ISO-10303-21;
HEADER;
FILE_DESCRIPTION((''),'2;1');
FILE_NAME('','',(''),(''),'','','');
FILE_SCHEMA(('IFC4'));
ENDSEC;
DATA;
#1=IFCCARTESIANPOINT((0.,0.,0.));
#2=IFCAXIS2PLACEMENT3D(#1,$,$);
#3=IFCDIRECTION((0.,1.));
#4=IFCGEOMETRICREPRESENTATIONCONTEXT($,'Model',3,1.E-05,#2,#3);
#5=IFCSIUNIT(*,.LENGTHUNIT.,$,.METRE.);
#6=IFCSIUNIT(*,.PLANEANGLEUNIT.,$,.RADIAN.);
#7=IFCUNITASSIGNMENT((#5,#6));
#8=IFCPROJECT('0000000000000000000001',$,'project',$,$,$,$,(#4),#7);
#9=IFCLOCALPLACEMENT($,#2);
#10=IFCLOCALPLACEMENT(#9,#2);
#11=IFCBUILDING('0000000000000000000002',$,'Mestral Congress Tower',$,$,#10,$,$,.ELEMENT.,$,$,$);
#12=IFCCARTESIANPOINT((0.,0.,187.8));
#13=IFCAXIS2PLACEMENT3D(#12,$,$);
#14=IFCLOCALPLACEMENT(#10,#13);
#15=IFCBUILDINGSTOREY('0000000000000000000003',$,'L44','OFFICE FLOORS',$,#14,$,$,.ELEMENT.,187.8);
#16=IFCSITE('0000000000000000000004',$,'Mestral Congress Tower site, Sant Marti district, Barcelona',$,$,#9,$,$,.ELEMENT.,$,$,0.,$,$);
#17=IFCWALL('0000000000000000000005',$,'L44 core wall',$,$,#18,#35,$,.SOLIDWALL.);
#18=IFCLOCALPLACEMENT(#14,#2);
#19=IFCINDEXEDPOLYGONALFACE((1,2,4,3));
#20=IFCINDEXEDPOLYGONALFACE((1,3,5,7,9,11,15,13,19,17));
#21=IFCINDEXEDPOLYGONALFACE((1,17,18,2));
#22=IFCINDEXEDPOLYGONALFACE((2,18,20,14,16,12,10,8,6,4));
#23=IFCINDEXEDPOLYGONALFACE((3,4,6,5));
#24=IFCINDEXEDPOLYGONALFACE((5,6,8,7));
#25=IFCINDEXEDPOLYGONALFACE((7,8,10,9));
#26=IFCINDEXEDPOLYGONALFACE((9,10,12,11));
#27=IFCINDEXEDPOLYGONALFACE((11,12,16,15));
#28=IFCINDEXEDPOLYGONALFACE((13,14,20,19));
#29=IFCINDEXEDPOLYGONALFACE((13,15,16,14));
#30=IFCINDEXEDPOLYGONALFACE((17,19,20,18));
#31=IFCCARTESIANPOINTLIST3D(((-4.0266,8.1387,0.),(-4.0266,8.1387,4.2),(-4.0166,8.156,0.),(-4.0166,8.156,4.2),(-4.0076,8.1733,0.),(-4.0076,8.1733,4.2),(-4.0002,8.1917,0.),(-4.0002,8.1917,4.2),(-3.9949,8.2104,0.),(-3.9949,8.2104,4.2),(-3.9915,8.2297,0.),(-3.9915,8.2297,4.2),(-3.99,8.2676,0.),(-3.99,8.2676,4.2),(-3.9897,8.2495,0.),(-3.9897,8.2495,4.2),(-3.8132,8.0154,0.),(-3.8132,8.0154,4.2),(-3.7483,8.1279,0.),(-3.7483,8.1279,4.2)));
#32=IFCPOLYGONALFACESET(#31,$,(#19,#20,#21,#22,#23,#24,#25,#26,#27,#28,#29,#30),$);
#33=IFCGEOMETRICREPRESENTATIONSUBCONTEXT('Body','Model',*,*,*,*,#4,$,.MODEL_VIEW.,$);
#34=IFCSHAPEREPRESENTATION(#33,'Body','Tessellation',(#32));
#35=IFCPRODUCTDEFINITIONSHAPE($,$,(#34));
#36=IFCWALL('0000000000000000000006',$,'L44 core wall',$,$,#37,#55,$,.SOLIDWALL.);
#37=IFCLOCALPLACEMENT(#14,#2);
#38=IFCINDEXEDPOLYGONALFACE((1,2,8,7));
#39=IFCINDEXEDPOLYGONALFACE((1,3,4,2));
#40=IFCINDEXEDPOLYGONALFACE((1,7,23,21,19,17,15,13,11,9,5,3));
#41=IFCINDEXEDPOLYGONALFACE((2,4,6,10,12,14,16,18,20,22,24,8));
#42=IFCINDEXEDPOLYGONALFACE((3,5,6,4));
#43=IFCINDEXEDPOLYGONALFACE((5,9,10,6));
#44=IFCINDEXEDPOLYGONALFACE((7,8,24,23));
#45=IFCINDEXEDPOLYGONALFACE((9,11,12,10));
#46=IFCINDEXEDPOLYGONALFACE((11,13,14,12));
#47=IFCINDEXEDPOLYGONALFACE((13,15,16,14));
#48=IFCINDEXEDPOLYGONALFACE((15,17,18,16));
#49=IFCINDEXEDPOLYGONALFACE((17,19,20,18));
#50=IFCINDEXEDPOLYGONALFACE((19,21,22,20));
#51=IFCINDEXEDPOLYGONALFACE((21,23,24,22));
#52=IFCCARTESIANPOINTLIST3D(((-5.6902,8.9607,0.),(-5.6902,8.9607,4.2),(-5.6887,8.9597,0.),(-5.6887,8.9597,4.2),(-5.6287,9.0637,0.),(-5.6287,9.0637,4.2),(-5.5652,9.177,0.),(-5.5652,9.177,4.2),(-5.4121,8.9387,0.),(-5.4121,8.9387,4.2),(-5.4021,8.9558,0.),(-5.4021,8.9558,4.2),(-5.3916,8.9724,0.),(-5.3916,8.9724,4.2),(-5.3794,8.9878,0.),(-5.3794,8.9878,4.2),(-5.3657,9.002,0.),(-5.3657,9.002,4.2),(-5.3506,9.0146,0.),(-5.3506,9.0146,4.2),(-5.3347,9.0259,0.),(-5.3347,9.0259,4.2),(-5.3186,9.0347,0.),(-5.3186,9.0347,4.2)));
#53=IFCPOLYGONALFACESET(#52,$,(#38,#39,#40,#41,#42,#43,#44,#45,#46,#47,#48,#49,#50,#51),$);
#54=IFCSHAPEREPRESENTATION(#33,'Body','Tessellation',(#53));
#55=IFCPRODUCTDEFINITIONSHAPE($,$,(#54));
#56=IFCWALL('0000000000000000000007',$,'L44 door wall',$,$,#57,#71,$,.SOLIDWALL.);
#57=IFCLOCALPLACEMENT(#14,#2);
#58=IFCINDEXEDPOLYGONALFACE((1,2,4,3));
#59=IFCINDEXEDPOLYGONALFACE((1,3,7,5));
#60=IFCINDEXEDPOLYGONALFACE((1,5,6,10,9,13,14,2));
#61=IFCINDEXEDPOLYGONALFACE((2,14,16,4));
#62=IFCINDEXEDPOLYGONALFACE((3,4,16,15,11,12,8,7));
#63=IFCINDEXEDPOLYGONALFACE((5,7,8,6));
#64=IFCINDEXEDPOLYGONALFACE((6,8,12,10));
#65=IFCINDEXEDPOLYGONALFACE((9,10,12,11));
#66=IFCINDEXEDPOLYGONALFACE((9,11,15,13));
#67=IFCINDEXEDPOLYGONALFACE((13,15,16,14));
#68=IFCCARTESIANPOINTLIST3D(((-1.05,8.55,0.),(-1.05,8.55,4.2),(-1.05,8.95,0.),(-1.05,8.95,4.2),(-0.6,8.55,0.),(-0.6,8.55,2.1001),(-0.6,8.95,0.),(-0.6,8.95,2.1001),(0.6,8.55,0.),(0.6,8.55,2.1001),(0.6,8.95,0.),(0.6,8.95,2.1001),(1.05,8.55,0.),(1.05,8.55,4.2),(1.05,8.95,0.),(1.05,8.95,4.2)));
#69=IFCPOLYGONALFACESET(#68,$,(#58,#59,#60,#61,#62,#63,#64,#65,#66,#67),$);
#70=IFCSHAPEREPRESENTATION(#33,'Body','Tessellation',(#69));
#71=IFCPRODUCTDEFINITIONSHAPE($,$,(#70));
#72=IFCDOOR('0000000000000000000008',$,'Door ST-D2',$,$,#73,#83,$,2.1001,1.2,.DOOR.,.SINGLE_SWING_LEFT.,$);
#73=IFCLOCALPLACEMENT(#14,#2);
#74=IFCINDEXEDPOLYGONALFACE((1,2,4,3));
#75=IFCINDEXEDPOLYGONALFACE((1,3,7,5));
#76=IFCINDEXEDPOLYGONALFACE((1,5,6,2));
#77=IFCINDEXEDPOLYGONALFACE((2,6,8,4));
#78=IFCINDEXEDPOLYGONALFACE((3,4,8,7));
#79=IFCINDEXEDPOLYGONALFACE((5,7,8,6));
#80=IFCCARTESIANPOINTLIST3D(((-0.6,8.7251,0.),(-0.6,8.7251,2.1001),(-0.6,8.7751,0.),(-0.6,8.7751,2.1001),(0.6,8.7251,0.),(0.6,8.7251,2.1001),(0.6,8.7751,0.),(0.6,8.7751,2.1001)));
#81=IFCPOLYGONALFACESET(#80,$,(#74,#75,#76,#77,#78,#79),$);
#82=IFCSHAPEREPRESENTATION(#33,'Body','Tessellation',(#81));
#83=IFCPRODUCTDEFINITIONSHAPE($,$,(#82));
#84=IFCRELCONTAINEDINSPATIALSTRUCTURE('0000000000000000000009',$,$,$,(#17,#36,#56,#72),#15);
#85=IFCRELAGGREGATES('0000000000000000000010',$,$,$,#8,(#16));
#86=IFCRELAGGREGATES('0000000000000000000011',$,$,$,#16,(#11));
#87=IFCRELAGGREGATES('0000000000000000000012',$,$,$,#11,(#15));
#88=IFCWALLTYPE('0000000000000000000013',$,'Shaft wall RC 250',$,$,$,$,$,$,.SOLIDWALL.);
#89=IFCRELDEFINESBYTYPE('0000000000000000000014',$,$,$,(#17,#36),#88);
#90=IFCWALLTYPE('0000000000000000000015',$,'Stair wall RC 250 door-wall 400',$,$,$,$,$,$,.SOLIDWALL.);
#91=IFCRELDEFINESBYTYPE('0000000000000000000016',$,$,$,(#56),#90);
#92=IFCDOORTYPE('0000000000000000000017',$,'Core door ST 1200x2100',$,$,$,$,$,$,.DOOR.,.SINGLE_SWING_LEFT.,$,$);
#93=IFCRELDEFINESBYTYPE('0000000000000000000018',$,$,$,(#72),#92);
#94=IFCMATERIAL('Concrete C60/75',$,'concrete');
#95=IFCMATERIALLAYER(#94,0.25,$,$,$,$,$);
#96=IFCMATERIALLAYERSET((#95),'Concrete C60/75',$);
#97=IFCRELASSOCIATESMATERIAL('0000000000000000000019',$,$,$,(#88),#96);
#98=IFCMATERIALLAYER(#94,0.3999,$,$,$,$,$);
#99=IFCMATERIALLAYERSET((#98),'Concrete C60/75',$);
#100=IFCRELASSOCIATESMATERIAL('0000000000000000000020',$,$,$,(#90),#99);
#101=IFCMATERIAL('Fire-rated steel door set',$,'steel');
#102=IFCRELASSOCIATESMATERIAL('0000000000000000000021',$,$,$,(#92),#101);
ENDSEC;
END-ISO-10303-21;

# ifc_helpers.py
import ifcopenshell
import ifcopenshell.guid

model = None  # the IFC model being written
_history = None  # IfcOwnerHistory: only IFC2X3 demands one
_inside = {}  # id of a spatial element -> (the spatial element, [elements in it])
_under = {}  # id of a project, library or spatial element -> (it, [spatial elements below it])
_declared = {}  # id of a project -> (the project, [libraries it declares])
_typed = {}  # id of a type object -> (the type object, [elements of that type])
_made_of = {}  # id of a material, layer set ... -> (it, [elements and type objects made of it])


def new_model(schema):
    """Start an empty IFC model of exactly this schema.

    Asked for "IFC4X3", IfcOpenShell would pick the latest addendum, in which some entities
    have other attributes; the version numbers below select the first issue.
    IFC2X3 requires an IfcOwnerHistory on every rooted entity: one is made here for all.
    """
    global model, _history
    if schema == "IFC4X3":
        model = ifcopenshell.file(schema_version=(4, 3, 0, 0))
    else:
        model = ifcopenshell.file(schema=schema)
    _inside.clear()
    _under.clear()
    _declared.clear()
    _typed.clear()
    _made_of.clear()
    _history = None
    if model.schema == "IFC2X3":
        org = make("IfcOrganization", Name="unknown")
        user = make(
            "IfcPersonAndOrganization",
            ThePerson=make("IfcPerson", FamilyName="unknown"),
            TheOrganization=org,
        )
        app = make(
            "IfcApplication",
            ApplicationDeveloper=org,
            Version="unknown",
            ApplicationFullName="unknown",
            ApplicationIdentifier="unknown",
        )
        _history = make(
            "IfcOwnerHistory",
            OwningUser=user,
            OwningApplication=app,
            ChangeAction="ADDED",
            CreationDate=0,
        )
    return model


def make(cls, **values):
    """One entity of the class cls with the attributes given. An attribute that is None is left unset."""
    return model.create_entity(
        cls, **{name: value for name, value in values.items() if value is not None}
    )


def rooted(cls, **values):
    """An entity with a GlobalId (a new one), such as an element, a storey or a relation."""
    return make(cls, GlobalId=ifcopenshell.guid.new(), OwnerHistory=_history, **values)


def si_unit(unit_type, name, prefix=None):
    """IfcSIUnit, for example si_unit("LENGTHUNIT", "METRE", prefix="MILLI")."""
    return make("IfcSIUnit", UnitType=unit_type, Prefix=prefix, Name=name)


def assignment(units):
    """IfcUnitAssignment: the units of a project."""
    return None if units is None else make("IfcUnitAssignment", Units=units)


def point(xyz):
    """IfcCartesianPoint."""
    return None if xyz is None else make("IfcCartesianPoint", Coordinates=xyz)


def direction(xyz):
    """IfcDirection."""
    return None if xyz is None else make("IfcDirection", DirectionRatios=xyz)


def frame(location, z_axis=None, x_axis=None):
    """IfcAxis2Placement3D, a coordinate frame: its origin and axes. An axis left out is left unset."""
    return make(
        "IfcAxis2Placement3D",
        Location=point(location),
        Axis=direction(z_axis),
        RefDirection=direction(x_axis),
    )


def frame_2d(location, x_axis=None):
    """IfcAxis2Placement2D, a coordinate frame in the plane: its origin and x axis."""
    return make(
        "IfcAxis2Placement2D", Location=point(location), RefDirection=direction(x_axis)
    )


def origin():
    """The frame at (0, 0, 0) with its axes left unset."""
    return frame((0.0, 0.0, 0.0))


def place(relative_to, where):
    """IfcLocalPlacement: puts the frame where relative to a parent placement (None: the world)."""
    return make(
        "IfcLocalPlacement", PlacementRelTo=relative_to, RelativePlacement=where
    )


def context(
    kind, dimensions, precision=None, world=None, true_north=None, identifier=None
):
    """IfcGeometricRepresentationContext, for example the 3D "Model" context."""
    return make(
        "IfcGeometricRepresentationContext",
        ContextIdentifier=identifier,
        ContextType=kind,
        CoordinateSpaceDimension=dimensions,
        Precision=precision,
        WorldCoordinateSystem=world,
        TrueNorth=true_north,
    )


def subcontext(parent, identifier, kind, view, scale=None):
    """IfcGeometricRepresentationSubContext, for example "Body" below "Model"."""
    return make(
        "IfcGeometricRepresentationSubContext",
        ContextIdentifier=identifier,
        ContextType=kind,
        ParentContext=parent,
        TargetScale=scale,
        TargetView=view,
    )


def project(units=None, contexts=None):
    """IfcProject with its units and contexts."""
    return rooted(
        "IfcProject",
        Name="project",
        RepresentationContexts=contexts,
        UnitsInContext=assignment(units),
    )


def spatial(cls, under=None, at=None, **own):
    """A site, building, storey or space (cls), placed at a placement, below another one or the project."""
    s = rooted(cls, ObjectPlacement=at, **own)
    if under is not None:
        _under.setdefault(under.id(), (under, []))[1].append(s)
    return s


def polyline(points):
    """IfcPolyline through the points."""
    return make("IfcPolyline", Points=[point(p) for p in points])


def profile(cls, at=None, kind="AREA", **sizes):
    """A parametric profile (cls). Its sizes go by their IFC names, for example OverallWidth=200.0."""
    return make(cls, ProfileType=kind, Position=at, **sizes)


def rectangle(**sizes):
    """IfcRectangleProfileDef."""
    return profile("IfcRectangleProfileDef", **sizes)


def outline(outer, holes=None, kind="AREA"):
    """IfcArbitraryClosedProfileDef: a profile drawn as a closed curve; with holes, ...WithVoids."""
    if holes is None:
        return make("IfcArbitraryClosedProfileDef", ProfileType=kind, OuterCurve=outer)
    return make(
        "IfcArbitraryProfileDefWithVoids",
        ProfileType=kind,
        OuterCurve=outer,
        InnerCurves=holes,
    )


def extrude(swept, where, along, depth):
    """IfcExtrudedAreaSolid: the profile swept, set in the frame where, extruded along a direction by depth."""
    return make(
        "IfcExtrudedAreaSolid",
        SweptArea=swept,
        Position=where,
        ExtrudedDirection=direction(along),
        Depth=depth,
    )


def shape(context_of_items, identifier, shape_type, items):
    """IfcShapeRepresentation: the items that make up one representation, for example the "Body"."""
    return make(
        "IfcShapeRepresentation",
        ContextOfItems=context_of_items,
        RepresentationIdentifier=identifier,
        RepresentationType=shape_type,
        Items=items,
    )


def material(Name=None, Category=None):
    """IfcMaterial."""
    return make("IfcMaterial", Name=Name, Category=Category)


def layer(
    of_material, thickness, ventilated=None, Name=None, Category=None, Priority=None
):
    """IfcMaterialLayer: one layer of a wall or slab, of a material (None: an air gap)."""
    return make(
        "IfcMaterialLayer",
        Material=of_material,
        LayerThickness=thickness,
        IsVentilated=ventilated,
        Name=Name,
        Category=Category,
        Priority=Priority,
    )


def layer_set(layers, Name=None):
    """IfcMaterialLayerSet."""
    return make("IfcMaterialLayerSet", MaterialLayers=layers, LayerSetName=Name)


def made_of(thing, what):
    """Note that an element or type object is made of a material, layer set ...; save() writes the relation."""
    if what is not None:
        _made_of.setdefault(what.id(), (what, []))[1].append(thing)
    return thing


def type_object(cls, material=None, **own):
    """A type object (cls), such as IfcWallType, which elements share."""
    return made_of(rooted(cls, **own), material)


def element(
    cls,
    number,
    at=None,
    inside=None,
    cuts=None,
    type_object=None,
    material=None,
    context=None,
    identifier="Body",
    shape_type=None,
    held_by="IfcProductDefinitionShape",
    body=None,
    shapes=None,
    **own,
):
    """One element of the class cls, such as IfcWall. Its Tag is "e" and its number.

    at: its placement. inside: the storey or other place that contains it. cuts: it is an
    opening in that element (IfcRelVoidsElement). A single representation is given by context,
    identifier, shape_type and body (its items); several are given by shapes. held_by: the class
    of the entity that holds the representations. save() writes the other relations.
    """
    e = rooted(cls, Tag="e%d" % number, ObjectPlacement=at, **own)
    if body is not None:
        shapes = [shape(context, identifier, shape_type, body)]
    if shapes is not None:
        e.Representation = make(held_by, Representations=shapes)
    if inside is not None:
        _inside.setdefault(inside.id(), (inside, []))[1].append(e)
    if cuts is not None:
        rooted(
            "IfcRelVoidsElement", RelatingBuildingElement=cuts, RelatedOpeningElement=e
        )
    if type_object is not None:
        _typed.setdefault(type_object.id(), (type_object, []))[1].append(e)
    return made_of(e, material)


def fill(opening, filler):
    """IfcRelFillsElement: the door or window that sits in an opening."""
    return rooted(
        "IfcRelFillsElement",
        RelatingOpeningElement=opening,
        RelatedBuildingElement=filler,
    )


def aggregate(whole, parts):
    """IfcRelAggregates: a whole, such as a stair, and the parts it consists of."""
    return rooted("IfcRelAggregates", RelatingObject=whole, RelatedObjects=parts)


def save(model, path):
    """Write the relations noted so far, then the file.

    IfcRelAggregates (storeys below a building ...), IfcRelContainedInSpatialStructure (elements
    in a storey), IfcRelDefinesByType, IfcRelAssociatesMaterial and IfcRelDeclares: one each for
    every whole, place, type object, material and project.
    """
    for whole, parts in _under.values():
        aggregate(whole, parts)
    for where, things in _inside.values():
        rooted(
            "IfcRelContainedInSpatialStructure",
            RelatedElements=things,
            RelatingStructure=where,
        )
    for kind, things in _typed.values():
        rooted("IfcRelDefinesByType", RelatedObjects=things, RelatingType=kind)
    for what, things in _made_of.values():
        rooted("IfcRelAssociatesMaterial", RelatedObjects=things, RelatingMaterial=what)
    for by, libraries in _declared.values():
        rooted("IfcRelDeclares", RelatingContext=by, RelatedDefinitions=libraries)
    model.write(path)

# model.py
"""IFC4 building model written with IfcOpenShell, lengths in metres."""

from ifc_helpers import new_model, si_unit, direction, frame, frame_2d, origin, place, context, subcontext, project, spatial, polyline, rectangle, outline, extrude, material, layer, layer_set, type_object, element, fill, save


model = new_model("IFC4")

# Units and contexts
model_context = context("Model", 3, precision=1e-05, world=origin(), true_north=direction((0.0, 1.0)))
body_context = subcontext(model_context, "Body", "Model", "MODEL_VIEW")
ifc_project = project(units=[si_unit("LENGTHUNIT", "METRE"), si_unit("PLANEANGLEUNIT", "RADIAN")], contexts=[model_context])

# Site, building, storey
site_placement = place(None, origin())
site = spatial("IfcSite", under=ifc_project, at=site_placement, Name="Mestral Congress Tower site, Sant Marti district, Barcelona", CompositionType="ELEMENT", RefElevation=0.0)
building_placement = place(site_placement, origin())
building = spatial("IfcBuilding", under=site, at=building_placement, Name="Mestral Congress Tower", CompositionType="ELEMENT")
storey_placement = place(building_placement, frame((0.0, 0.0, 187.8)))
storey = spatial("IfcBuildingStorey", under=building, at=storey_placement, Name="L44", Description="OFFICE FLOORS", CompositionType="ELEMENT", Elevation=187.8)

# Walls
placement = place(storey_placement, origin())
ifc_material_1 = material(Name="Concrete C60/75", Category="concrete")
ifc_layer_1 = layer(ifc_material_1, 0.25)
ifc_layer_set_1 = layer_set([ifc_layer_1], Name="Concrete C60/75")
wall_type_1 = type_object("IfcWallType", Name="Shaft wall RC 250", PredefinedType="SOLIDWALL", material=ifc_layer_set_1)
element("IfcWall", 1, at=placement, inside=storey, type_object=wall_type_1, Name="L44 core wall", PredefinedType="SOLIDWALL", context=body_context, shape_type="SweptSolid", body=[
    extrude(outline(polyline([(-3.7483, 8.1279), (-3.8132, 8.0154), (-4.0266, 8.1387), (-4.0166, 8.156), (-4.0076, 8.1733), (-4.0002, 8.1917), (-3.9949, 8.2104), (-3.9915, 8.2297), (-3.9897, 8.2495), (-3.99, 8.2676), (-3.7483, 8.1279)])), origin(), (0.0, 0.0, 1.0), 4.2),
])
element("IfcWall", 2, at=placement, inside=storey, type_object=wall_type_1, Name="L44 core wall", PredefinedType="SOLIDWALL", context=body_context, shape_type="SweptSolid", body=[
    extrude(outline(polyline([(-5.6887, 8.9597), (-5.6902, 8.9607), (-5.5652, 9.177), (-5.3186, 9.0347), (-5.3347, 9.0259), (-5.3506, 9.0146), (-5.3657, 9.002), (-5.3794, 8.9878), (-5.3916, 8.9724), (-5.4021, 8.9558), (-5.4121, 8.9387), (-5.6287, 9.0637), (-5.6287, 9.0637), (-5.6887, 8.9597)])), origin(), (0.0, 0.0, 1.0), 4.2),
])

# Wall, opening, door
ifc_layer_2 = layer(ifc_material_1, 0.3999)
ifc_layer_set_2 = layer_set([ifc_layer_2], Name="Concrete C60/75")
wall_type_2 = type_object("IfcWallType", Name="Stair wall RC 250 door-wall 400", PredefinedType="SOLIDWALL", material=ifc_layer_set_2)
wall_1_placement = place(storey_placement, frame((1.05, 8.75, 0.0), z_axis=(0.0, 0.0, 1.0), x_axis=(-1.0, 0.0, 0.0)))
wall_1 = element("IfcWall", 3, at=wall_1_placement, inside=storey, type_object=wall_type_2, Name="L44 door wall", PredefinedType="SOLIDWALL", context=body_context, shape_type="SweptSolid", body=[
    extrude(rectangle(XDim=2.1001, YDim=0.3999, at=frame_2d((1.05, 0.0))), origin(), (0.0, 0.0, 1.0), 4.2),
])
opening_placement = place(wall_1_placement, frame((0.45, 0.0, 0.0)))
opening = element("IfcOpeningElement", 4, at=opening_placement, cuts=wall_1, PredefinedType="OPENING", context=body_context, shape_type="SweptSolid", body=[
    extrude(rectangle(XDim=1.2, YDim=2.1001, at=frame_2d((0.6001, 1.05))), frame((0.0, 0.21, 0.0), z_axis=(0.0, -1.0, 0.0), x_axis=(1.0, 0.0, 0.0)), (0.0, 0.0, 1.0), 0.4199),
])
ifc_material_2 = material(Name="Fire-rated steel door set", Category="steel")
door_type = type_object("IfcDoorType", Name="Core door ST 1200x2100", OperationType="SINGLE_SWING_LEFT", PredefinedType="DOOR", material=ifc_material_2)
door_placement = place(opening_placement, origin())
door = element("IfcDoor", 5, at=door_placement, inside=storey, type_object=door_type, Name="Door ST-D2", OperationType="SINGLE_SWING_LEFT", OverallHeight=2.1001, OverallWidth=1.2, PredefinedType="DOOR", context=body_context, shape_type="SweptSolid", body=[
    extrude(rectangle(XDim=1.2, YDim=2.1001, at=frame_2d((0.6001, 1.05))), frame((0.0, 0.0249, 0.0), z_axis=(0.0, -1.0, 0.0), x_axis=(1.0, 0.0, 0.0)), (0.0, 0.0, 1.0), 0.05),
])
fill(opening, door)

save(model, "model.ifc")
